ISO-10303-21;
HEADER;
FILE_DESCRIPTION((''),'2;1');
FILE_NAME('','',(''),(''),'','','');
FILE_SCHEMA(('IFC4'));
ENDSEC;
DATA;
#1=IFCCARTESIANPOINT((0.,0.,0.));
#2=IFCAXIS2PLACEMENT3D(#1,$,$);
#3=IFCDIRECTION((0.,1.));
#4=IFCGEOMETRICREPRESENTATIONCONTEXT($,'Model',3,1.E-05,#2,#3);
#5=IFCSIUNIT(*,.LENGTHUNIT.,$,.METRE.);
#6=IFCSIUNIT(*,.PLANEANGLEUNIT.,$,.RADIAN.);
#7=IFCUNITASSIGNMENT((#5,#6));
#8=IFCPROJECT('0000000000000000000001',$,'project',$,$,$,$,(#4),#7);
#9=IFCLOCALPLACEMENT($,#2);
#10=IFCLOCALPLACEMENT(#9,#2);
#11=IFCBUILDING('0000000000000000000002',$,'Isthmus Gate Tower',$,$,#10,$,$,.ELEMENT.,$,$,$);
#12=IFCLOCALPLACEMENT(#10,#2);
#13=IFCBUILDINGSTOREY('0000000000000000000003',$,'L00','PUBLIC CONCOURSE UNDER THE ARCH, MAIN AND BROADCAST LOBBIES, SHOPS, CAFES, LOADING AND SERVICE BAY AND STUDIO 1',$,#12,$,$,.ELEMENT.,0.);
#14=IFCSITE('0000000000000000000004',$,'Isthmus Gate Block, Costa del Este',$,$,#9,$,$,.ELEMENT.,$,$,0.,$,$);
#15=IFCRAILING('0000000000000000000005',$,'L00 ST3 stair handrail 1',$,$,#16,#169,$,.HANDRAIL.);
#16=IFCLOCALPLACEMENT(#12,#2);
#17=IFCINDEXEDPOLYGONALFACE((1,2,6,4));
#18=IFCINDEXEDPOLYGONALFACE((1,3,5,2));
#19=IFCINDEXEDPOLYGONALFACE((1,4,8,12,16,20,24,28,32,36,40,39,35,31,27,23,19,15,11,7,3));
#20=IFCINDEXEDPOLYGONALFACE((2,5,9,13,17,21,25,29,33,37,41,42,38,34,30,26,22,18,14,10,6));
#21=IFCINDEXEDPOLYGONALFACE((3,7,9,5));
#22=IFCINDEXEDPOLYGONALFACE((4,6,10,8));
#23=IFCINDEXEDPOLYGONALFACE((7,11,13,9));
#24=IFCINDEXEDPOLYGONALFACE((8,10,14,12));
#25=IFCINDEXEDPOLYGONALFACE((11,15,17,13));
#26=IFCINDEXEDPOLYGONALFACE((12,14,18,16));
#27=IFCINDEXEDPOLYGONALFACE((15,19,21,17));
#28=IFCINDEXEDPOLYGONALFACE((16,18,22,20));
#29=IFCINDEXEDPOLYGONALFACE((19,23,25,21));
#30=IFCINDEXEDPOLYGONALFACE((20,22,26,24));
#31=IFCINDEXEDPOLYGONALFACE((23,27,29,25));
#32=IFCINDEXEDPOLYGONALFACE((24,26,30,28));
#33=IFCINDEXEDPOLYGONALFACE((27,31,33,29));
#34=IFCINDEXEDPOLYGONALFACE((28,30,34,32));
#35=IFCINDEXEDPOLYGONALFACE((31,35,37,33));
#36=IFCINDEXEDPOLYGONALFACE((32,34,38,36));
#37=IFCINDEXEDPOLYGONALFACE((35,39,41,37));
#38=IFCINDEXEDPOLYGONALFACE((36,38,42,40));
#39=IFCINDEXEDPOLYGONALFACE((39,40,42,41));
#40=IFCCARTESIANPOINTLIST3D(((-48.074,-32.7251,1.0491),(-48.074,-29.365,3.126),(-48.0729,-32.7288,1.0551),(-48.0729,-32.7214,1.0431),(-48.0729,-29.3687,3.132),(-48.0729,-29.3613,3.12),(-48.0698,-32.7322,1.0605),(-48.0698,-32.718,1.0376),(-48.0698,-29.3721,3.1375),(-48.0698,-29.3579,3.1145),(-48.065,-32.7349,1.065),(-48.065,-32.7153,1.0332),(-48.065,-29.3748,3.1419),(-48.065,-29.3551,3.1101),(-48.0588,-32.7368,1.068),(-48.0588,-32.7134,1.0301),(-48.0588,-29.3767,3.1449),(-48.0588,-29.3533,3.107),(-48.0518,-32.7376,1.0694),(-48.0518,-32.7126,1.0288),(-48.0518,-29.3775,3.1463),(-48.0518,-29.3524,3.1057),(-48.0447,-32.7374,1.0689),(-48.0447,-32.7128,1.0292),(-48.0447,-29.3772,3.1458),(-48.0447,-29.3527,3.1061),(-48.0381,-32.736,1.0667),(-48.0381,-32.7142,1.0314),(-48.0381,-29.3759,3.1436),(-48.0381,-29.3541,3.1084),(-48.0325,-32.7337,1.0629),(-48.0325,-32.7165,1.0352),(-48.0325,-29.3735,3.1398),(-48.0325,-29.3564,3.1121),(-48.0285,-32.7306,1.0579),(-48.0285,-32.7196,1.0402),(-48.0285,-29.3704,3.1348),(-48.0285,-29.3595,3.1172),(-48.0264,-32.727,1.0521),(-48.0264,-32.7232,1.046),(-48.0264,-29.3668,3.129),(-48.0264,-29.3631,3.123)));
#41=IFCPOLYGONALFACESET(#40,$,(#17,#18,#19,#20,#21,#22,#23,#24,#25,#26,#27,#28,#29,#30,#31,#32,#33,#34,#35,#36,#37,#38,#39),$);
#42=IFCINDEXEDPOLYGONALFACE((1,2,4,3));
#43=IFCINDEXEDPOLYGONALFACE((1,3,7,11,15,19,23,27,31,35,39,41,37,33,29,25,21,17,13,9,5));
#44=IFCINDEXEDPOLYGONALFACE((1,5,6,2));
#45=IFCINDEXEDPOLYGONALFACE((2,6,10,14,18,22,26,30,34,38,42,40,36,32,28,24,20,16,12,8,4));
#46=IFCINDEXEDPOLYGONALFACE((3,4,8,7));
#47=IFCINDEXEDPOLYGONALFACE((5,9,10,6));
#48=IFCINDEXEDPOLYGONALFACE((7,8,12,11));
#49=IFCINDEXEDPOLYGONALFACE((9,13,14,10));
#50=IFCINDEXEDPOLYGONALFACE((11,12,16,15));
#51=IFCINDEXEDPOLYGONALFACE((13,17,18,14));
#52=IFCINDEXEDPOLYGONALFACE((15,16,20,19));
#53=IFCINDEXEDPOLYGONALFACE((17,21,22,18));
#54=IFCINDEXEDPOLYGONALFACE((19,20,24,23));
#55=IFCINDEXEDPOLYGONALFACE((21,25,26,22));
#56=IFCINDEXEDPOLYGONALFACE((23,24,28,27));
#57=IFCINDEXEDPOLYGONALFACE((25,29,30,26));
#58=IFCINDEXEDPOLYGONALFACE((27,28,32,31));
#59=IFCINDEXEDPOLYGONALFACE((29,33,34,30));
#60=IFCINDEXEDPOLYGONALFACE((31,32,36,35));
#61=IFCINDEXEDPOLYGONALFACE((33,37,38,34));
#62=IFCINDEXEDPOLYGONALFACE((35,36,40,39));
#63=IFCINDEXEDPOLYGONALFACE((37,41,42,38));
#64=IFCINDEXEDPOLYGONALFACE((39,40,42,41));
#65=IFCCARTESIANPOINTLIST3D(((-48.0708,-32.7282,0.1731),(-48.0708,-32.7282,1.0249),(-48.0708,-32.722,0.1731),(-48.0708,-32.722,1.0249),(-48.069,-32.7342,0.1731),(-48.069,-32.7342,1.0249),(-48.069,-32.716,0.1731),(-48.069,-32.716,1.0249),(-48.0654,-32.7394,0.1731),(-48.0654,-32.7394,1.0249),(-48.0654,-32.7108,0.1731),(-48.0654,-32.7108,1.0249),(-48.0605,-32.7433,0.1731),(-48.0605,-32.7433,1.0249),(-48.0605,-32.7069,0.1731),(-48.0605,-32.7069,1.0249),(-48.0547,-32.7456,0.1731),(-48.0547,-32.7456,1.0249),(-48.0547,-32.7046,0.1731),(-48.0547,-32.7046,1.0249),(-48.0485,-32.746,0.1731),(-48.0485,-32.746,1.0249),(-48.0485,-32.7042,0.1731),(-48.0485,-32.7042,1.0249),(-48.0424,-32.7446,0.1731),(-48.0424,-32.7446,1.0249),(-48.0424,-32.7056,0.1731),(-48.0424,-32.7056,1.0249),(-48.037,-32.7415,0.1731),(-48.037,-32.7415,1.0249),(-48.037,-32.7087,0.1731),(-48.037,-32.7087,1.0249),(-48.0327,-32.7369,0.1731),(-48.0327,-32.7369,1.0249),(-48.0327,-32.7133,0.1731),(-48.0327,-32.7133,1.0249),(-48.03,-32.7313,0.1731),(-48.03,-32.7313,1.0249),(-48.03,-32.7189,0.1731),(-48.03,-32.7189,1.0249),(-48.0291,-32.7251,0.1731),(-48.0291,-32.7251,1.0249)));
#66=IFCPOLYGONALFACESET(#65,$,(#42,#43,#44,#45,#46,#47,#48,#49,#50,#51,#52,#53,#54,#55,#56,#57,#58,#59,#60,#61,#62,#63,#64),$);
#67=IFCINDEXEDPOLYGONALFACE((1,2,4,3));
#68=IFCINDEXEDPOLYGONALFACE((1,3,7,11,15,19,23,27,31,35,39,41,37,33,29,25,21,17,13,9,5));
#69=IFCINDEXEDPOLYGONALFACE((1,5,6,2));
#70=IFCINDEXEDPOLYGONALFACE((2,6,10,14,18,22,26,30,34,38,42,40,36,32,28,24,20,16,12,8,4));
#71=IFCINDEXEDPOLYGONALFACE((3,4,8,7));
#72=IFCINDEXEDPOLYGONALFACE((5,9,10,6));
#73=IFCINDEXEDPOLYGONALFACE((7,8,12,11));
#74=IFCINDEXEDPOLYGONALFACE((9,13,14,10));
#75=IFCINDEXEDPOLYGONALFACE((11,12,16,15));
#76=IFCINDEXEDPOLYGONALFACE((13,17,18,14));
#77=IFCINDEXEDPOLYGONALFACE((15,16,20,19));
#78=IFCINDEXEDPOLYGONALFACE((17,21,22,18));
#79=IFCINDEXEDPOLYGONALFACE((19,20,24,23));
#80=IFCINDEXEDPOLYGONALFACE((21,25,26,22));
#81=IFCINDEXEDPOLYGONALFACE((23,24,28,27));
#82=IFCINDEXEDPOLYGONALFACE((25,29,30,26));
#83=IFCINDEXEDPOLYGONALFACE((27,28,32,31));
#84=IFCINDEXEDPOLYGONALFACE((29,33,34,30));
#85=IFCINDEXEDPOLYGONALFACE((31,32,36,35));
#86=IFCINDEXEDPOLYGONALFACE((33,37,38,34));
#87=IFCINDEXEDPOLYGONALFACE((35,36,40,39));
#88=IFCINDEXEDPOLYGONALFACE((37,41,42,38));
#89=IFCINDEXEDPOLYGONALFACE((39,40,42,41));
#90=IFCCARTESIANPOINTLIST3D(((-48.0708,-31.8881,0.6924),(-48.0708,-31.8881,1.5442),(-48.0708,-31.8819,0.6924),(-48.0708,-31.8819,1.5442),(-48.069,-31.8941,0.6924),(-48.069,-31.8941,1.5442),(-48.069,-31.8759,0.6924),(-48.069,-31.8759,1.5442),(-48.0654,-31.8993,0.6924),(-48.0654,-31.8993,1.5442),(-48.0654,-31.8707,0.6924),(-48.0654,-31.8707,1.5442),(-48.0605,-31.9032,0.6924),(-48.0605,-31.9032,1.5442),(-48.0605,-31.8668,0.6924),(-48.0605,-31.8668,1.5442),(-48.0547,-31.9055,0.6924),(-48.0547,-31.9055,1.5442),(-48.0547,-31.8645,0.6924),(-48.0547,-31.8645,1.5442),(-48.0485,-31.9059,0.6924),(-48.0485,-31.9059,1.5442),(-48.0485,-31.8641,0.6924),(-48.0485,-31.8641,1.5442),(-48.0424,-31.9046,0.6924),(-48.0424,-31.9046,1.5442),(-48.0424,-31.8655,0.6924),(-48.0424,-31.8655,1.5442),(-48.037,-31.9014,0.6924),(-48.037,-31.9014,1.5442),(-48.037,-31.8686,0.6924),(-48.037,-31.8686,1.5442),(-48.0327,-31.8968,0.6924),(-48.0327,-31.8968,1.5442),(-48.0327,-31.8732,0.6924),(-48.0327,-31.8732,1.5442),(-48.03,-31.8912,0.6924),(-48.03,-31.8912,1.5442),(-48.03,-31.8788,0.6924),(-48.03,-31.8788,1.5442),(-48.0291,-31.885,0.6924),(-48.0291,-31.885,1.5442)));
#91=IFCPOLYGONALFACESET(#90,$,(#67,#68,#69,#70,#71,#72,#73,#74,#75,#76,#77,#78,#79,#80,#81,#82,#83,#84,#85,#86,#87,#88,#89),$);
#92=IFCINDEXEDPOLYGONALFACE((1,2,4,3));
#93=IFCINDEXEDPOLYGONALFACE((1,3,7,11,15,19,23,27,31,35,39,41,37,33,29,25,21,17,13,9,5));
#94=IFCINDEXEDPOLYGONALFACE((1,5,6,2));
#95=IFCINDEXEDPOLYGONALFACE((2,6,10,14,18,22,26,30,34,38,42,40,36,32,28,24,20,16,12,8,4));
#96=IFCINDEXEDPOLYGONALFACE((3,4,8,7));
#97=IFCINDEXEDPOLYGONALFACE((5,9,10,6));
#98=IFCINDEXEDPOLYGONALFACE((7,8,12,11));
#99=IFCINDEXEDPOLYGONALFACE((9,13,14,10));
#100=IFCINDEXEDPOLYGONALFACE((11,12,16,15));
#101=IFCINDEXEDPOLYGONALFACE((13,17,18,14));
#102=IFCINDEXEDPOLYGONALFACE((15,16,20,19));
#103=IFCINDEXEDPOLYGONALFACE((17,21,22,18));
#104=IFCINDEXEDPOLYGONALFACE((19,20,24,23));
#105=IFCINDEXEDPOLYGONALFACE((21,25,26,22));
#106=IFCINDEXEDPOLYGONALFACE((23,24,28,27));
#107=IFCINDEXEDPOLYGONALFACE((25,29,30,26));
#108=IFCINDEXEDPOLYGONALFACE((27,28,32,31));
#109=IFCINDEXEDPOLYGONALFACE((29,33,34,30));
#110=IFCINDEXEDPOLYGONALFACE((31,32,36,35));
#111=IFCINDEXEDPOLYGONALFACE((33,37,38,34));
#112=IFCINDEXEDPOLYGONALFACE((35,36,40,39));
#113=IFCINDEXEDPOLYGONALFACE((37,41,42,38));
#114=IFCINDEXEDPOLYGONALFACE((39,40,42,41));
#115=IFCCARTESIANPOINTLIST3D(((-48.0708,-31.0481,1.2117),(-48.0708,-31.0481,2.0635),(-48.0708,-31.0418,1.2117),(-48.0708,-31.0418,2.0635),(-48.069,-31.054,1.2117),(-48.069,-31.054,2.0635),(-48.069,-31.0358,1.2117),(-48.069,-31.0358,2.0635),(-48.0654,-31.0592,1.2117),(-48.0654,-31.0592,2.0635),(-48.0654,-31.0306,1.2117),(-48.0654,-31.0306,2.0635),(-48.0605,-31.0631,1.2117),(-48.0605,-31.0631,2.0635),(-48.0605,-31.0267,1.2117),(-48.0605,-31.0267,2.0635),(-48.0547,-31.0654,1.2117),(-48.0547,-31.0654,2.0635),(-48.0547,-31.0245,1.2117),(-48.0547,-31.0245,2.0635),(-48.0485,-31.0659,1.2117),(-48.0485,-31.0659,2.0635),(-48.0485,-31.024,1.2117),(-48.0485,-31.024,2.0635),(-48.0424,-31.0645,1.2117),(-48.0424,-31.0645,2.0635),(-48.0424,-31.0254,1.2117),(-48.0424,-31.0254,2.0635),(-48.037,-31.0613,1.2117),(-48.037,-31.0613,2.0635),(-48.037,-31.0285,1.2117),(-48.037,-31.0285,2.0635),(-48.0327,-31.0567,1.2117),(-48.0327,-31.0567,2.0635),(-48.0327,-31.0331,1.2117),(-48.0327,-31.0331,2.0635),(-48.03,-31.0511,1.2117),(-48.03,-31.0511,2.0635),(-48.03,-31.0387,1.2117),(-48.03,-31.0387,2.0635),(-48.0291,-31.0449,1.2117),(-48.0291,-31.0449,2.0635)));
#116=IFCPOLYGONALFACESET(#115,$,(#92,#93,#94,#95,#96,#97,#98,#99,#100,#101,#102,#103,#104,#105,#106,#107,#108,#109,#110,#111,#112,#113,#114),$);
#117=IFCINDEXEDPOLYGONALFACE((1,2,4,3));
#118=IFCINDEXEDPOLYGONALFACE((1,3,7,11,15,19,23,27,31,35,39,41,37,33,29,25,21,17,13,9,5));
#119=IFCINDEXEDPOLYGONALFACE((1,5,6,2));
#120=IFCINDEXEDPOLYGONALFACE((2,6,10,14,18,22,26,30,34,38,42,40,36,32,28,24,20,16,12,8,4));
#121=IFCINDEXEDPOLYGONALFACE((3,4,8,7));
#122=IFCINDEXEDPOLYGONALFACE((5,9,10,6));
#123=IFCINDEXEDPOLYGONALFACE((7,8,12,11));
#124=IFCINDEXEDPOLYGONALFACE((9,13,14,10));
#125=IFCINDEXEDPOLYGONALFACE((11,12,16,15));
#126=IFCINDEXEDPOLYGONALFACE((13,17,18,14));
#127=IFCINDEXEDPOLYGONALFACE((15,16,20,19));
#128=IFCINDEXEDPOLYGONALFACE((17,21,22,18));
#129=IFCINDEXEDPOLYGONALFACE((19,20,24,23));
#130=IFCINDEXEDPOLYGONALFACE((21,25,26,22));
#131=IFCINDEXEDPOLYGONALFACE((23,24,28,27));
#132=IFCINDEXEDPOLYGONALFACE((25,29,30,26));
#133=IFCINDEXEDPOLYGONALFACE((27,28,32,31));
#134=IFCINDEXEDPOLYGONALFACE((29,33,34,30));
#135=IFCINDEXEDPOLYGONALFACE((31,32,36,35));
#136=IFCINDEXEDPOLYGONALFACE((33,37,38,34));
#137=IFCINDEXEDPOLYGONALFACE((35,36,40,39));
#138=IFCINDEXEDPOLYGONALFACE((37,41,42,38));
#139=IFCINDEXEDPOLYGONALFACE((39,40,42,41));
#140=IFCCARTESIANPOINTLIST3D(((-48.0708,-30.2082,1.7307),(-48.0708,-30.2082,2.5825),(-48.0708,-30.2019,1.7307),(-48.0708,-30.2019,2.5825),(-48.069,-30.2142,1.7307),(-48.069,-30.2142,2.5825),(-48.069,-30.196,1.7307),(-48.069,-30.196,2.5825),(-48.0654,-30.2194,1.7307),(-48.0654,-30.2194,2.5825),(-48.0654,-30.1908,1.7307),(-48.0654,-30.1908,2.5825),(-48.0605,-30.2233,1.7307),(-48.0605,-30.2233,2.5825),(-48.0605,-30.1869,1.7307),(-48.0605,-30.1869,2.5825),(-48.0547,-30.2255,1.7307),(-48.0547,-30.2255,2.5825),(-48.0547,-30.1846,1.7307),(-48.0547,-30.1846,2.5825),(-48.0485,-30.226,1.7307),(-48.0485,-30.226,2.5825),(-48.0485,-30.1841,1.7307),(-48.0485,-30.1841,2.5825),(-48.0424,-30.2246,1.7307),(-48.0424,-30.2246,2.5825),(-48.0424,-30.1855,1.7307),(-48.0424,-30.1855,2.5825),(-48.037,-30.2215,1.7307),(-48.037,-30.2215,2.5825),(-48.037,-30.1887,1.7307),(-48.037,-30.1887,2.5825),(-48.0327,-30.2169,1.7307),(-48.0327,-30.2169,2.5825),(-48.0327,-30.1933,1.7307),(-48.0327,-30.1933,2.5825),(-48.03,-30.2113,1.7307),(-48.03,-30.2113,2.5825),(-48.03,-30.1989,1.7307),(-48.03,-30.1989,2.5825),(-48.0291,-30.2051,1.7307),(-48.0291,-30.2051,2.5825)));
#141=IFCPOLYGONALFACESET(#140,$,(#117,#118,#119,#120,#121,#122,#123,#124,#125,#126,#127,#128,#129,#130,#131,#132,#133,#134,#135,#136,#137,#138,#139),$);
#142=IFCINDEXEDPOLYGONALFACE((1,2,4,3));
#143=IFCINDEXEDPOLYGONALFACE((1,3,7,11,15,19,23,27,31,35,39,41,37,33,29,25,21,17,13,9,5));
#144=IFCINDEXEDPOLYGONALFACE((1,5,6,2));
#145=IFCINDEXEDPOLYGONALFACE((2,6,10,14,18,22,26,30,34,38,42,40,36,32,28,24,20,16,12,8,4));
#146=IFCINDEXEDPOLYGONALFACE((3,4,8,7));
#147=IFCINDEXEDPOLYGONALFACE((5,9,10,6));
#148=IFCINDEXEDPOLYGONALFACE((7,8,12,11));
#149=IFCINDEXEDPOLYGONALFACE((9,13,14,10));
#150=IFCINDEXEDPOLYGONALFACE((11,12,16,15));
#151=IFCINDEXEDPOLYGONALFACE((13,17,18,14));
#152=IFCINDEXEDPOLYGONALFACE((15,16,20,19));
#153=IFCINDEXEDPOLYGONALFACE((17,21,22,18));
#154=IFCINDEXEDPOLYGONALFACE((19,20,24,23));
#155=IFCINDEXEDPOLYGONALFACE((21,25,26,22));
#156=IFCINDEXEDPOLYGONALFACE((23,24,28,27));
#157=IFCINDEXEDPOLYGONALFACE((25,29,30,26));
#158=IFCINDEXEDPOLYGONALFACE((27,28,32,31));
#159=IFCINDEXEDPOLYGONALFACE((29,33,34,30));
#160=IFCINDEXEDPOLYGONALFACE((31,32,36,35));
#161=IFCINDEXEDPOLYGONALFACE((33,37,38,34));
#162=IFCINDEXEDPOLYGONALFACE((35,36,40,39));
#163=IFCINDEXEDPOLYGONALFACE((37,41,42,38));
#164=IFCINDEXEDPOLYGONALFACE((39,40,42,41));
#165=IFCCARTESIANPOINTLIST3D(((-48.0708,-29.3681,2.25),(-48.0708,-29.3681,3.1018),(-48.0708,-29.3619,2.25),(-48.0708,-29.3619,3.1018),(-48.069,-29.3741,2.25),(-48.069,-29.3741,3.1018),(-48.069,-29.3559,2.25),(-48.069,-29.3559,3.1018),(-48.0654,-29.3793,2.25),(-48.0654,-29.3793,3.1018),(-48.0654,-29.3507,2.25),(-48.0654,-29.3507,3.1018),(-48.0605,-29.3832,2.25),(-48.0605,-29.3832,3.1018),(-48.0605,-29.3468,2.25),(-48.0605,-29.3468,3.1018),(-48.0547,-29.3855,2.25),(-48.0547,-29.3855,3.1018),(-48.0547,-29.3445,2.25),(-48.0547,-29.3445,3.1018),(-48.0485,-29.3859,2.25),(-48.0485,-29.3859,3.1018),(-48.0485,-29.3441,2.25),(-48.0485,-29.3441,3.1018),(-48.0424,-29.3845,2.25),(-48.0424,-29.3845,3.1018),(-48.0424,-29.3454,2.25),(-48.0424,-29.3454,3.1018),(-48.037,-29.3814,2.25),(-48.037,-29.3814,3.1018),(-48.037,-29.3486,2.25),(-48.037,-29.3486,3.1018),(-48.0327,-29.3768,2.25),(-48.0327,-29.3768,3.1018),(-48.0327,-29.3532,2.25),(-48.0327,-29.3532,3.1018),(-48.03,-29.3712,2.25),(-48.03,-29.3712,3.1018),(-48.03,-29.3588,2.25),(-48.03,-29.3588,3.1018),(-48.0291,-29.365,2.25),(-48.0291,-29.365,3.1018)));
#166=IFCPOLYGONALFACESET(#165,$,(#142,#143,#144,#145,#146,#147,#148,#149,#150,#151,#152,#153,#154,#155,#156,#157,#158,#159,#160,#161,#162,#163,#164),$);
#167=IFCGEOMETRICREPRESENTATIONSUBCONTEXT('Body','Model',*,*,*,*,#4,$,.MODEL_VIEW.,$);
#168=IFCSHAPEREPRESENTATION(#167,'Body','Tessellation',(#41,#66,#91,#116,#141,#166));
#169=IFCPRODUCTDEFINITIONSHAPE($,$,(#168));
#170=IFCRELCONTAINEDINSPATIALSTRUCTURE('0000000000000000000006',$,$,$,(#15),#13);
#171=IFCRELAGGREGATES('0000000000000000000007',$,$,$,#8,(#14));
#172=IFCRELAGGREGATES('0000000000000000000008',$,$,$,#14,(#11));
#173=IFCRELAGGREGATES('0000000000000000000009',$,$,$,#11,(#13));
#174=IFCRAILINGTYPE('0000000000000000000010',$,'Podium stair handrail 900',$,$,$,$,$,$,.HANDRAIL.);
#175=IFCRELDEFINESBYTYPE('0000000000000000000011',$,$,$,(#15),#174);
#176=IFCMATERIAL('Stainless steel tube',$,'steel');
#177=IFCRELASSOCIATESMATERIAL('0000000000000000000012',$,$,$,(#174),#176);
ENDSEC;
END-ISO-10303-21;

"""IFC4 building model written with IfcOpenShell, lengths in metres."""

from ifc_helpers import new_model, si_unit, direction, frame, origin, origin_2d, place, context, subcontext, project, spatial, circle, extrude, material, type_object, element, save


model = new_model("IFC4")

# Units and contexts
model_context = context("Model", 3, precision=1e-05, world=origin(), true_north=direction((0.0, 1.0)))
body_context = subcontext(model_context, "Body", "Model", "MODEL_VIEW")
ifc_project = project(units=[si_unit("LENGTHUNIT", "METRE"), si_unit("PLANEANGLEUNIT", "RADIAN")], contexts=[model_context])

# Site, building, storey
site_placement = place(None, origin())
site = spatial("IfcSite", under=ifc_project, at=site_placement, Name="Isthmus Gate Block, Costa del Este", CompositionType="ELEMENT", RefElevation=0.0)
building_placement = place(site_placement, origin())
building = spatial("IfcBuilding", under=site, at=building_placement, Name="Isthmus Gate Tower", CompositionType="ELEMENT")
storey_placement = place(building_placement, origin())
storey = spatial("IfcBuildingStorey", under=building, at=storey_placement, Name="L00", Description="PUBLIC CONCOURSE UNDER THE ARCH, MAIN AND BROADCAST LOBBIES, SHOPS, CAFES, LOADING AND SERVICE BAY AND STUDIO 1", CompositionType="ELEMENT", Elevation=0.0)

# Railing
ifc_material_1 = material(Name="Stainless steel tube", Category="steel")
railing_type_1 = type_object("IfcRailingType", Name="Podium stair handrail 900", PredefinedType="HANDRAIL", material=ifc_material_1)
railing_1_placement = place(storey_placement, frame((-48.05, -32.7251, 0.1731)))
element("IfcRailing", 1, at=railing_1_placement, inside=storey, type_object=railing_type_1, Name="L00 ST3 stair handrail 1", PredefinedType="HANDRAIL", context=body_context, shape_type="SweptSolid", body=[
    extrude(circle(Radius=0.0239, at=origin_2d()), frame((0.0, 0.0, 0.876), z_axis=(0.0, 0.850623, 0.525776), x_axis=(-1.0, 0.0, 0.0)), (0.0, 0.0, 1.0), 3.9502),
    extrude(circle(Radius=0.021, at=origin_2d()), origin(), (0.0, 0.0, 1.0), 0.8518),
    extrude(circle(Radius=0.021, at=origin_2d()), frame((0.0, 0.8401, 0.5193)), (0.0, 0.0, 1.0), 0.8518),
    extrude(circle(Radius=0.021, at=origin_2d()), frame((0.0, 1.6802, 1.0386)), (0.0, 0.0, 1.0), 0.8518),
    extrude(circle(Radius=0.021, at=origin_2d()), frame((0.0, 2.52, 1.5576)), (0.0, 0.0, 1.0), 0.8518),
    extrude(circle(Radius=0.021, at=origin_2d()), frame((0.0, 3.3601, 2.0769)), (0.0, 0.0, 1.0), 0.8518),
])

save(model, "model.ifc")
